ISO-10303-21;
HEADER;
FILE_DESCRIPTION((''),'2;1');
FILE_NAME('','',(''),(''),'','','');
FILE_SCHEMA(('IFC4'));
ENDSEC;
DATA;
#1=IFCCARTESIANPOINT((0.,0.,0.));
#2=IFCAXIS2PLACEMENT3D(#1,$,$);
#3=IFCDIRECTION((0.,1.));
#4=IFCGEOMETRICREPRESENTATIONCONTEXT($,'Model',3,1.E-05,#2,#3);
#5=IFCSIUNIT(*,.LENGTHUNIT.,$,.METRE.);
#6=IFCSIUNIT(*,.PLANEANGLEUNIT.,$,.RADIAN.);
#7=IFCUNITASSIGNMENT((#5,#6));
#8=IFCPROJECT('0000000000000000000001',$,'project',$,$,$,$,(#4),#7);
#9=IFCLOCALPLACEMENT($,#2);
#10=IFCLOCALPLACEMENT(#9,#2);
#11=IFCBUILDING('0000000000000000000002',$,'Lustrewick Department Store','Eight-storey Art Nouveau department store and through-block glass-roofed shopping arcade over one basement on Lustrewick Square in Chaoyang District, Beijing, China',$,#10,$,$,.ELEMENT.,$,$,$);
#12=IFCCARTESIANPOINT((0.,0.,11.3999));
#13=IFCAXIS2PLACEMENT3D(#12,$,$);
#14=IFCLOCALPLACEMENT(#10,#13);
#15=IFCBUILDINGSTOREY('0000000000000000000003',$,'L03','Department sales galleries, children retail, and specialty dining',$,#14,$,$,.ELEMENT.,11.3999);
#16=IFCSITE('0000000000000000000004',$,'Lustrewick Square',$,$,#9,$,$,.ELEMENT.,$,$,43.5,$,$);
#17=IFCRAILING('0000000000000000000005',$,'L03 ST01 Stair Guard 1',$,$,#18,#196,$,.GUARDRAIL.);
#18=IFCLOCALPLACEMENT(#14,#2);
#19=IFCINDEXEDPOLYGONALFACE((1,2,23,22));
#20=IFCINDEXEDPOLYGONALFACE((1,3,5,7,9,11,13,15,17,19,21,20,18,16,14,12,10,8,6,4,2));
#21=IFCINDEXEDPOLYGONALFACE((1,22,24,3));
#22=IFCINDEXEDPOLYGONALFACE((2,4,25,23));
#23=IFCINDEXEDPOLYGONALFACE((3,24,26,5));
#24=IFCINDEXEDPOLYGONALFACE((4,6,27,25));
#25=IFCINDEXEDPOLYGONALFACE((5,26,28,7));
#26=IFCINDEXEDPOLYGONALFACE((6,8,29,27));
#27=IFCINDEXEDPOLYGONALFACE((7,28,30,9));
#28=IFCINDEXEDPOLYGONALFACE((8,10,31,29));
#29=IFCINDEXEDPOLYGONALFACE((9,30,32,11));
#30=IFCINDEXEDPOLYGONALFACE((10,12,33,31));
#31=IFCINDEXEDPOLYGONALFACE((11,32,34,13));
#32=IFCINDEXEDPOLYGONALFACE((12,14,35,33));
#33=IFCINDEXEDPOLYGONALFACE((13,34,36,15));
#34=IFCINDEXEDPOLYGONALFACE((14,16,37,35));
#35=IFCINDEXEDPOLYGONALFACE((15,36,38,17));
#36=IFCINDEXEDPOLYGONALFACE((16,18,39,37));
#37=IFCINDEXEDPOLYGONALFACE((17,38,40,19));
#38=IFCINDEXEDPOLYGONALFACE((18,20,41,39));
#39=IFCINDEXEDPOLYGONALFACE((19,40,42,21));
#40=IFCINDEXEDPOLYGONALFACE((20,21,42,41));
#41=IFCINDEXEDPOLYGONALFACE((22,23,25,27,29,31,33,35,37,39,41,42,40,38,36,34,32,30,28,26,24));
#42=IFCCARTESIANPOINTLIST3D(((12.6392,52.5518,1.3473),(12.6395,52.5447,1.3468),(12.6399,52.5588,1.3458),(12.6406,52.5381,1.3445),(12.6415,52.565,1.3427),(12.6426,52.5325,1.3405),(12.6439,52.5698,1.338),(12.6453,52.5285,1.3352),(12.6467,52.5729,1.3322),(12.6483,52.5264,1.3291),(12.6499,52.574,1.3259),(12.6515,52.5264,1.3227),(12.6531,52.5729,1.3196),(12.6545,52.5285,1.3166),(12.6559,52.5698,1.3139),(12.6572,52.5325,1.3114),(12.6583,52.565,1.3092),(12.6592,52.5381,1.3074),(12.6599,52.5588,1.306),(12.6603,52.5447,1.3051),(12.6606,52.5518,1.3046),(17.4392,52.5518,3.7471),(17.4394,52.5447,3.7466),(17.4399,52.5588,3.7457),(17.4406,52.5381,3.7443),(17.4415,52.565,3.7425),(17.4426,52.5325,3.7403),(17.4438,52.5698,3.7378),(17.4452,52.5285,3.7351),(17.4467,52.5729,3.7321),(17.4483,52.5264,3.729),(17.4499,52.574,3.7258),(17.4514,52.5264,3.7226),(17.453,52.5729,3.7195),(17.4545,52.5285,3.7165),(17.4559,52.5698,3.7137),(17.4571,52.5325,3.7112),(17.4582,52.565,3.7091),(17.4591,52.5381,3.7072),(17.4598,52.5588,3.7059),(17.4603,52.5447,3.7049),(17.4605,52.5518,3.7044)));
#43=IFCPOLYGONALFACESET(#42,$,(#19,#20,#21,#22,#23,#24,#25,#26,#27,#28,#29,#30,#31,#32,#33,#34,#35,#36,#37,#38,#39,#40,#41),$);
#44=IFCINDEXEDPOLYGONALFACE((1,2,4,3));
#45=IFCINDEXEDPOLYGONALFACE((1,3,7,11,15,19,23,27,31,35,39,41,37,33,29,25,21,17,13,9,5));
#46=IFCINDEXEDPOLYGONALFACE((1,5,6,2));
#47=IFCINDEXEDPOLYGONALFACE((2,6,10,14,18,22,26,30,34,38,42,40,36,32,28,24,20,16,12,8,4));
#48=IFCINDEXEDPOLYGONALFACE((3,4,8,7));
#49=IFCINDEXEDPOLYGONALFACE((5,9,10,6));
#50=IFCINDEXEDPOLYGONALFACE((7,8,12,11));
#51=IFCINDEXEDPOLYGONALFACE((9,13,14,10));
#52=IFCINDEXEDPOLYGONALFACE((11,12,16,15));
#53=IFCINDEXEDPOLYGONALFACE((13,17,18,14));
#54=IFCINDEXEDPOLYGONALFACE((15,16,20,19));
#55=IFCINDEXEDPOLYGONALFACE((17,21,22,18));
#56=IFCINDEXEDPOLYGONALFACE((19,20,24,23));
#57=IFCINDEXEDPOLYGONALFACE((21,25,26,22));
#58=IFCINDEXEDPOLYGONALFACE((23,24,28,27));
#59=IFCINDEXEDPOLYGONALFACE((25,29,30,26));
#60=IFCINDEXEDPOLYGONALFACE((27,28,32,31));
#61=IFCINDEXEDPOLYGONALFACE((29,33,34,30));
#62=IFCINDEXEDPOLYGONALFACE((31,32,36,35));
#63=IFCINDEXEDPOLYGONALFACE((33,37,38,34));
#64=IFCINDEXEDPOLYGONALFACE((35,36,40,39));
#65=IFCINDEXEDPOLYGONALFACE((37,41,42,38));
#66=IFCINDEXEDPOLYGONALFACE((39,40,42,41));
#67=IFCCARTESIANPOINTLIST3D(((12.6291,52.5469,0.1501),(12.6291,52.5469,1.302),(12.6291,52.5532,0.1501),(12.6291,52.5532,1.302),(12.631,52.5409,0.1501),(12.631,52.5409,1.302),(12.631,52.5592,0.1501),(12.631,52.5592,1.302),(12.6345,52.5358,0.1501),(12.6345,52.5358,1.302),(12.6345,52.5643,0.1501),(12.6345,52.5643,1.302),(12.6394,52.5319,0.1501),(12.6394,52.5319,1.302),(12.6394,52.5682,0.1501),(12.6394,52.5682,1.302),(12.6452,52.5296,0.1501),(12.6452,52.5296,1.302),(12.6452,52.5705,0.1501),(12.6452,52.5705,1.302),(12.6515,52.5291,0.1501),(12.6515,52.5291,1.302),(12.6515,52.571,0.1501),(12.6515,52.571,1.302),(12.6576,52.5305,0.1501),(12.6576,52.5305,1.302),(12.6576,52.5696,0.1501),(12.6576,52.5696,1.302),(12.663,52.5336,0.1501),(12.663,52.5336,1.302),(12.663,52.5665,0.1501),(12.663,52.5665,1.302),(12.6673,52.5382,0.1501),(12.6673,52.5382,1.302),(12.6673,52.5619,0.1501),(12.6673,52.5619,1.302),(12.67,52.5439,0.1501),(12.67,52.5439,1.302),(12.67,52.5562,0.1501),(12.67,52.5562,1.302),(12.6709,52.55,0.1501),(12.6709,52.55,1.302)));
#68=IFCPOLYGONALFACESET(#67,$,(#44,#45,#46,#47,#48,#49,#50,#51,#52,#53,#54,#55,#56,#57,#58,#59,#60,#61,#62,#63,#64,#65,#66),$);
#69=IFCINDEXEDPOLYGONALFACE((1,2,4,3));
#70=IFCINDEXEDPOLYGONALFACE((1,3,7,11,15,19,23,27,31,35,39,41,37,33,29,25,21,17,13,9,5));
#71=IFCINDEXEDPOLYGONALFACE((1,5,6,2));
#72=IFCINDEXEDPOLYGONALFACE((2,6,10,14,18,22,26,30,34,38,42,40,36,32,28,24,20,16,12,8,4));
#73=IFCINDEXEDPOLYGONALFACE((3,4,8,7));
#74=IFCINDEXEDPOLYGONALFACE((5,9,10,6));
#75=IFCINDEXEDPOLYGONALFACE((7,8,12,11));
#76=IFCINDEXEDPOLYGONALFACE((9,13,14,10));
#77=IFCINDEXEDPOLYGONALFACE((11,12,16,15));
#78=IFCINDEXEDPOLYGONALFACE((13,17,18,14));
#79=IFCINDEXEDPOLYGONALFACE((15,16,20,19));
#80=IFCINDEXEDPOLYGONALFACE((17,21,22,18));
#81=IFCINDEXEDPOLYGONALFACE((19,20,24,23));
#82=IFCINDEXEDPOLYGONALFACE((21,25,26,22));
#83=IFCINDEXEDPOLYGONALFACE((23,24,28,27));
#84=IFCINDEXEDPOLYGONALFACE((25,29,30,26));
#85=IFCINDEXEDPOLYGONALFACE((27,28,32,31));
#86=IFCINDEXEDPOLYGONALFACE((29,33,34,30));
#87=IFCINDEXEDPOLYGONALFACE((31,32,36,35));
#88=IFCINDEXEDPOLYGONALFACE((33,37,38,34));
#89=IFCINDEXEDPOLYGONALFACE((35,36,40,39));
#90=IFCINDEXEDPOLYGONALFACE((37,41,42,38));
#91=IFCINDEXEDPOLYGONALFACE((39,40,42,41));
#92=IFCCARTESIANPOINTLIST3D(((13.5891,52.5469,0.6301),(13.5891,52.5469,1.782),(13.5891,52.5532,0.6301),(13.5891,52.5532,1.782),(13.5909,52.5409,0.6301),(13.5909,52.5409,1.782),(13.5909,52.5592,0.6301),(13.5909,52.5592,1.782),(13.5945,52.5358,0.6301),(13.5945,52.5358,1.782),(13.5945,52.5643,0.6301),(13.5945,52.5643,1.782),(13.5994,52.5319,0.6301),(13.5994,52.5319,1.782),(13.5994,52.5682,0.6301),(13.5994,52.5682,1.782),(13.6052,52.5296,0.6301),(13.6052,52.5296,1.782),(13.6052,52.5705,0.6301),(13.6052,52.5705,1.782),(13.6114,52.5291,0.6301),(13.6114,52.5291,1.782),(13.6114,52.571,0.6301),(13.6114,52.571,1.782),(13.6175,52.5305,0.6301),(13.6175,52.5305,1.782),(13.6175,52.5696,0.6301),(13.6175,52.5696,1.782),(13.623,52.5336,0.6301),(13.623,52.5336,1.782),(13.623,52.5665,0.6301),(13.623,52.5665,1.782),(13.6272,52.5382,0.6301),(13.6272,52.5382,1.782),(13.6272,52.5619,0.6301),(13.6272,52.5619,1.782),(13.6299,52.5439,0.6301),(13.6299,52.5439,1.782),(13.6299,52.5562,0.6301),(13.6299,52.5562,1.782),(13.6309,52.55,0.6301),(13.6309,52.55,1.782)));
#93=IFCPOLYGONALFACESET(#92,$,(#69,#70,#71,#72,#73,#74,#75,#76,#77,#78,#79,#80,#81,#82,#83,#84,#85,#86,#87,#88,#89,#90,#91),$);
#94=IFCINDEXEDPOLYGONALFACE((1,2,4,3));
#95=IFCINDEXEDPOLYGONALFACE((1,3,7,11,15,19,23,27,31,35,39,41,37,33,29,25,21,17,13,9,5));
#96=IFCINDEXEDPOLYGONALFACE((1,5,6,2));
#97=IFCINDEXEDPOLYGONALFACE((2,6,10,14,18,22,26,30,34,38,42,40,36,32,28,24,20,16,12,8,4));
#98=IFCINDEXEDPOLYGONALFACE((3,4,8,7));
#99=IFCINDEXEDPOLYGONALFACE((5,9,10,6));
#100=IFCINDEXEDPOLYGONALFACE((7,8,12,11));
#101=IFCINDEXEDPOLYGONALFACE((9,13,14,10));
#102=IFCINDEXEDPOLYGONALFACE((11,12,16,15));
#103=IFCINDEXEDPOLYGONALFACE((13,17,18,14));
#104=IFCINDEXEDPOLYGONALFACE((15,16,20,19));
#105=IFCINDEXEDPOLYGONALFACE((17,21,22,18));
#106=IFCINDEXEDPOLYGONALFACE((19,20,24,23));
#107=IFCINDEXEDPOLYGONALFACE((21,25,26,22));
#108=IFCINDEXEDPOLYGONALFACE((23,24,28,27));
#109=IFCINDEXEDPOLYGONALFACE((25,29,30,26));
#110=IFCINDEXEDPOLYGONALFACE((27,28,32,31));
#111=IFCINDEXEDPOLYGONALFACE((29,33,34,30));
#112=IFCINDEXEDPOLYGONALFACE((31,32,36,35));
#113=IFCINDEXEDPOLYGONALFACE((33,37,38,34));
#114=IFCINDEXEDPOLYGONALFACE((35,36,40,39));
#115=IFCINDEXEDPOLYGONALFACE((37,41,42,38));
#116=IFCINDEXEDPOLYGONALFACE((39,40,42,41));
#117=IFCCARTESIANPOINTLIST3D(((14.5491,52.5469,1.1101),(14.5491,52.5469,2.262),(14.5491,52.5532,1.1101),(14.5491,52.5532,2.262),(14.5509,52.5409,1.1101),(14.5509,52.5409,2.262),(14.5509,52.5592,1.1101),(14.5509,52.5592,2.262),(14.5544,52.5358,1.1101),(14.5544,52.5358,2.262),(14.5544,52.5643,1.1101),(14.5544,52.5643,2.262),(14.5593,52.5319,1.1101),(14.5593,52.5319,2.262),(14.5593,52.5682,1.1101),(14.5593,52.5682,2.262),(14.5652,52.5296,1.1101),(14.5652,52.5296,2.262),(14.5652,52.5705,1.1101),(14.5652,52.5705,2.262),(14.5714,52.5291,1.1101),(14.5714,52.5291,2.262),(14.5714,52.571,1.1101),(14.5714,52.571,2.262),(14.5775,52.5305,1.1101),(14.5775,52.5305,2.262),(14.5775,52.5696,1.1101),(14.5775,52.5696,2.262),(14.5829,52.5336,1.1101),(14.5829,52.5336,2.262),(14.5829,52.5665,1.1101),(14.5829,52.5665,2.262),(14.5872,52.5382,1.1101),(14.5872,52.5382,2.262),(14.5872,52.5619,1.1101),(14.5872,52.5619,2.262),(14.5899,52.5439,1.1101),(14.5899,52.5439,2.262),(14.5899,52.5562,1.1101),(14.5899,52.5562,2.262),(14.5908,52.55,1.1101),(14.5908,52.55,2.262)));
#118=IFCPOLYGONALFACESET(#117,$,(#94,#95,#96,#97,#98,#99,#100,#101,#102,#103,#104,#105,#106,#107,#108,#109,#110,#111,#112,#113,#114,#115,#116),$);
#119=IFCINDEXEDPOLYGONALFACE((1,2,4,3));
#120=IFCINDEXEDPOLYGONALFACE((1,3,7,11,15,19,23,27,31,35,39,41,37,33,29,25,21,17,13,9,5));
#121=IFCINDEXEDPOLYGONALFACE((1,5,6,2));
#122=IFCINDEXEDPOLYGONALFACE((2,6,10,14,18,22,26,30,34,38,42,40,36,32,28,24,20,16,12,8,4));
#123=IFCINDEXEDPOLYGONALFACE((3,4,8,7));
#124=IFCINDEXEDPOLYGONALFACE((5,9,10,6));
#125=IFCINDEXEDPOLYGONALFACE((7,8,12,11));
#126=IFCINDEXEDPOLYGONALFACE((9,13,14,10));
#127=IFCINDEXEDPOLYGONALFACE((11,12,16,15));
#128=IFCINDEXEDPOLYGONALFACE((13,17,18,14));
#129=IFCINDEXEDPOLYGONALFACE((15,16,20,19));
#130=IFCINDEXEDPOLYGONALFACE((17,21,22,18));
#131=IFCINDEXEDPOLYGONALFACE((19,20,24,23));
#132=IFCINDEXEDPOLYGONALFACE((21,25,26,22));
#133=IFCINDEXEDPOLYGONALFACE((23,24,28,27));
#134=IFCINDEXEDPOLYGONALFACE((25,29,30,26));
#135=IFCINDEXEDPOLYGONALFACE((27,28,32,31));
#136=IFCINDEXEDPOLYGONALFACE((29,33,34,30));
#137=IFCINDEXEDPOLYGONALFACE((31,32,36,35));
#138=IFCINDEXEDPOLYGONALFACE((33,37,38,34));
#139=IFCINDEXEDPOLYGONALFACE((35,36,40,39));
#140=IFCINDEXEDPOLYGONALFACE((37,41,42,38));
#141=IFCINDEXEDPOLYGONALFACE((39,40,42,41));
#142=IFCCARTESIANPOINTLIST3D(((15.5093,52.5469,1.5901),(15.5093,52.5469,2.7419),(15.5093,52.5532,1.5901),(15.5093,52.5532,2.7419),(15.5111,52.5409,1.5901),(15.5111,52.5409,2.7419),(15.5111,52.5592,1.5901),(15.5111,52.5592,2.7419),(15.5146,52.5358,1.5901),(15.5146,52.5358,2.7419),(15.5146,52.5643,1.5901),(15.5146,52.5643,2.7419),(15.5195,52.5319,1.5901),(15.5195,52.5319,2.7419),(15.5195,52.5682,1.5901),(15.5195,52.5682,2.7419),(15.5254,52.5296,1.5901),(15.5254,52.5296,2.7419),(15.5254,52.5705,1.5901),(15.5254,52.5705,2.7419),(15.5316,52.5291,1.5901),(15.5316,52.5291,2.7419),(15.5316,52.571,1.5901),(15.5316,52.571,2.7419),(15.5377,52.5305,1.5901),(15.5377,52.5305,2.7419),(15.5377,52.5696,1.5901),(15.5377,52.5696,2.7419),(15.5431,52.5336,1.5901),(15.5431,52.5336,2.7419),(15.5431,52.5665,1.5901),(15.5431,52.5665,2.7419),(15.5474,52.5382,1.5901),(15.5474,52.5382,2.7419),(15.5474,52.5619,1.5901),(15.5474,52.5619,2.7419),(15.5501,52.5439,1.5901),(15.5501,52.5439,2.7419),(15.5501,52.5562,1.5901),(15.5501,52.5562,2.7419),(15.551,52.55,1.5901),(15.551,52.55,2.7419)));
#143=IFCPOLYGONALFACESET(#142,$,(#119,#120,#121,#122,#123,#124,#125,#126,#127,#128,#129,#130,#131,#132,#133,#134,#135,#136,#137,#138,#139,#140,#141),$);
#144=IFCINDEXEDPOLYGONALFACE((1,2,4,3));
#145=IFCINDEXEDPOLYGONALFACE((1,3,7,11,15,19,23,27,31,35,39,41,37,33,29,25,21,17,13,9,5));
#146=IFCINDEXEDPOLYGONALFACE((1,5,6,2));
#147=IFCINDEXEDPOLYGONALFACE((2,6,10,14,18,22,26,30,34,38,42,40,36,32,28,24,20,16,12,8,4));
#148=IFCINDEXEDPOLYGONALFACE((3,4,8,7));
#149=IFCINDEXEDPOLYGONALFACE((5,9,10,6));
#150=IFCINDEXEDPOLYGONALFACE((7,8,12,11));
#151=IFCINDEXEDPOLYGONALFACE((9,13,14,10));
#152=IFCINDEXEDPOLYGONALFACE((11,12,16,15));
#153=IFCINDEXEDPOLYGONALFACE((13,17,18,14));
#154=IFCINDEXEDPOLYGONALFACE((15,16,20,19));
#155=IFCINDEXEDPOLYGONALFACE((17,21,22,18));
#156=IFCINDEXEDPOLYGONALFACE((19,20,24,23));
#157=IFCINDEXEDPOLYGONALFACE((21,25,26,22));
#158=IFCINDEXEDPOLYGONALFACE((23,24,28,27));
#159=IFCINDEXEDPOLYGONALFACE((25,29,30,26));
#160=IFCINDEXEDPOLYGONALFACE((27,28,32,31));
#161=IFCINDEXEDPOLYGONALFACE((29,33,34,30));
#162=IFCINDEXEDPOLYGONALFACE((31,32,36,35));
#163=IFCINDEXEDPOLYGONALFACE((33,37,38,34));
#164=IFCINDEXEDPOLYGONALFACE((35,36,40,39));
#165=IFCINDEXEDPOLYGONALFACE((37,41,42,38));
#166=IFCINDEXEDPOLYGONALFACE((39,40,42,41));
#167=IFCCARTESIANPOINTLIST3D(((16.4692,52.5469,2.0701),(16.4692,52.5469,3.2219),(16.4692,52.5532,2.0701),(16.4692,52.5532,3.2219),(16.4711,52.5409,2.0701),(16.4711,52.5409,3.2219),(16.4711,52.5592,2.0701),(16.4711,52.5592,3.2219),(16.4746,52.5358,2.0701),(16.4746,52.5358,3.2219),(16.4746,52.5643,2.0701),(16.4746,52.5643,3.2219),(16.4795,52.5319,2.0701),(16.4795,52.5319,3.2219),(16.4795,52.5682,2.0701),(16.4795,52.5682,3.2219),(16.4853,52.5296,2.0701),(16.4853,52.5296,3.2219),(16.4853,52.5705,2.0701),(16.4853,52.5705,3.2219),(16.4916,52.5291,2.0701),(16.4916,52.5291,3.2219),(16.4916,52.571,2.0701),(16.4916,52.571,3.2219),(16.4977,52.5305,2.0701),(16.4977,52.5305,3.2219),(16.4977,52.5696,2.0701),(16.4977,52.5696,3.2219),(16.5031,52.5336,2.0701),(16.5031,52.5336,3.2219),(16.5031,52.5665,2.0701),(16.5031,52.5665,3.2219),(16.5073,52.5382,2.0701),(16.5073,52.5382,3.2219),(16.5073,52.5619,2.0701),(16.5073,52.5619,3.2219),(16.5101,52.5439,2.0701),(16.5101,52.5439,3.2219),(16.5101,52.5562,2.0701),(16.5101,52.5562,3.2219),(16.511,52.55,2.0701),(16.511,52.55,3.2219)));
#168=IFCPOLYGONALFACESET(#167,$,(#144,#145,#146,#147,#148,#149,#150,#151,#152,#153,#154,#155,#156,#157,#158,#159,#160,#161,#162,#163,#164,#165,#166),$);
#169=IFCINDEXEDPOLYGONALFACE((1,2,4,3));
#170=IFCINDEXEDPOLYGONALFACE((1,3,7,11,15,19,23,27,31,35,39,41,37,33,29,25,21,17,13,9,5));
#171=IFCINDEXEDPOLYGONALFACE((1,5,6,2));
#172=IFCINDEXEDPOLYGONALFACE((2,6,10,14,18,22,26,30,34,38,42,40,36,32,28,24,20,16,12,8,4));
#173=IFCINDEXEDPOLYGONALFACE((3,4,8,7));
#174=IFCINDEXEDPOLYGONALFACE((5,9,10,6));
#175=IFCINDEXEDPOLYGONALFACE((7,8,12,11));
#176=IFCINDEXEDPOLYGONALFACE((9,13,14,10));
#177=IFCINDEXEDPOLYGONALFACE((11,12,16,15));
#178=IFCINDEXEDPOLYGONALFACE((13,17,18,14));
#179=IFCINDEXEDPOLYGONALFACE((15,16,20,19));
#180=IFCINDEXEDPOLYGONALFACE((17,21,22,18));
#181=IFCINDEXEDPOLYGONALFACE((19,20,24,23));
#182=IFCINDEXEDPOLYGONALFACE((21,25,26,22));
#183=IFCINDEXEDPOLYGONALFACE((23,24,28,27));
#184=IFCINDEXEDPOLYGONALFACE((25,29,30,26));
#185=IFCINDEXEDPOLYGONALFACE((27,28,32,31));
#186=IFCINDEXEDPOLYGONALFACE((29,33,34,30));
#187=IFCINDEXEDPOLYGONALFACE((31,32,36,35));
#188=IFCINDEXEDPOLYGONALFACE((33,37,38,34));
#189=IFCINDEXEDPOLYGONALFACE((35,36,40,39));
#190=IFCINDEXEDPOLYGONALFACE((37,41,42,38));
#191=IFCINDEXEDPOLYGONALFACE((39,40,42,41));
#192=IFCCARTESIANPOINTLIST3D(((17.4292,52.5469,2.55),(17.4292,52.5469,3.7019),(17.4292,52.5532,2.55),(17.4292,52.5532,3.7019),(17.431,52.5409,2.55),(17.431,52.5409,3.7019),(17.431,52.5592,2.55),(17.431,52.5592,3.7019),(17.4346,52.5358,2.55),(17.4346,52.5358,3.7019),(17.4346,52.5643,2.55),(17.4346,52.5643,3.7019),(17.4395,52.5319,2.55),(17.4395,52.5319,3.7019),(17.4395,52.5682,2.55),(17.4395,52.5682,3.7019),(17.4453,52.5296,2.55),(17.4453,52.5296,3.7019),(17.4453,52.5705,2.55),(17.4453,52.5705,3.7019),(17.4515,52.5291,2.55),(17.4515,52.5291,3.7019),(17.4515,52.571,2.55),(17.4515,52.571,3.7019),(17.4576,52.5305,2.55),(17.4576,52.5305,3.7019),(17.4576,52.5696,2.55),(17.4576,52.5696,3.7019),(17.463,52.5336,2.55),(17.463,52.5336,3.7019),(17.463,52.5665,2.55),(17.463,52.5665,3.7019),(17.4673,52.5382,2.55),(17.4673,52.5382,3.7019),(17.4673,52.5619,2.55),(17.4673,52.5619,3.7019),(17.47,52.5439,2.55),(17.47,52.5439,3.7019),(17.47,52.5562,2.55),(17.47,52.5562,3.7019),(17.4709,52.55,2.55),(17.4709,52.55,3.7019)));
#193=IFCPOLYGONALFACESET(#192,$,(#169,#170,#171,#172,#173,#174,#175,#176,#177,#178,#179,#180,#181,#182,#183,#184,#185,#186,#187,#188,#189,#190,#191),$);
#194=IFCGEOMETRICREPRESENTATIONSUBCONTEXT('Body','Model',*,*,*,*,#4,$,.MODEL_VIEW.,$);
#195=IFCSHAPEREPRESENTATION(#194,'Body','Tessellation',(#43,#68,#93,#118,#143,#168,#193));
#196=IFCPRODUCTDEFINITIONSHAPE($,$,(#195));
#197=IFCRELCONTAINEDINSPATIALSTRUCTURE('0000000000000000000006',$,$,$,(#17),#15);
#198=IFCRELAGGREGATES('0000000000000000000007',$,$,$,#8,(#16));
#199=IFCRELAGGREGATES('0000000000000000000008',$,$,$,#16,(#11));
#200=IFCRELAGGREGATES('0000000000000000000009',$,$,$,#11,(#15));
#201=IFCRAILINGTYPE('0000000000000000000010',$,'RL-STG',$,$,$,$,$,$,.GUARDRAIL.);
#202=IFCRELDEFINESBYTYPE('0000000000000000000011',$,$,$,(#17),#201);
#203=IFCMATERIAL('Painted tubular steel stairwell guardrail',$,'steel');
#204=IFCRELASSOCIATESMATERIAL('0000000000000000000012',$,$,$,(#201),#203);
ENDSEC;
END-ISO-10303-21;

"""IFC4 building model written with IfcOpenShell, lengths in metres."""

from ifc_helpers import new_model, si_unit, direction, frame, origin, origin_2d, place, context, subcontext, project, spatial, circle, extrude, material, type_object, element, save


model = new_model("IFC4")

# Units and contexts
model_context = context("Model", 3, precision=1e-05, world=origin(), true_north=direction((0.0, 1.0)))
body_context = subcontext(model_context, "Body", "Model", "MODEL_VIEW")
ifc_project = project(units=[si_unit("LENGTHUNIT", "METRE"), si_unit("PLANEANGLEUNIT", "RADIAN")], contexts=[model_context])

# Site, building, storey
site_placement = place(None, origin())
site = spatial("IfcSite", under=ifc_project, at=site_placement, Name="Lustrewick Square", CompositionType="ELEMENT", RefElevation=43.5)
building_placement = place(site_placement, origin())
building = spatial("IfcBuilding", under=site, at=building_placement, Name="Lustrewick Department Store", Description="Eight-storey Art Nouveau department store and through-block glass-roofed shopping arcade over one basement on Lustrewick Square in Chaoyang District, Beijing, China", CompositionType="ELEMENT")
storey_placement = place(building_placement, frame((0.0, 0.0, 11.3999)))
storey = spatial("IfcBuildingStorey", under=building, at=storey_placement, Name="L03", Description="Department sales galleries, children retail, and specialty dining", CompositionType="ELEMENT", Elevation=11.3999)

# Railing
ifc_material_1 = material(Name="Painted tubular steel stairwell guardrail", Category="steel")
railing_type_1 = type_object("IfcRailingType", Name="RL-STG", PredefinedType="GUARDRAIL", material=ifc_material_1)
railing_1_placement = place(storey_placement, frame((12.6499, 52.55, 0.1501)))
element("IfcRailing", 1, at=railing_1_placement, inside=storey, type_object=railing_type_1, Name="L03 ST01 Stair Guard 1", PredefinedType="GUARDRAIL", context=body_context, shape_type="SweptSolid", body=[
    extrude(circle(Radius=0.0239, at=origin_2d()), frame((0.0, 0.0, 1.1758), z_axis=(0.894436, 0.0, 0.447195), x_axis=(0.0, 1.0, 0.0)), (0.0, 0.0, 1.0), 5.3665),
    extrude(circle(Radius=0.021, at=origin_2d()), origin(), (0.0, 0.0, 1.0), 1.1519),
    extrude(circle(Radius=0.021, at=origin_2d()), frame((0.96, 0.0, 0.48)), (0.0, 0.0, 1.0), 1.1519),
    extrude(circle(Radius=0.021, at=origin_2d()), frame((1.9199, 0.0, 0.96)), (0.0, 0.0, 1.0), 1.1519),
    extrude(circle(Radius=0.021, at=origin_2d()), frame((2.8801, 0.0, 1.4399)), (0.0, 0.0, 1.0), 1.1519),
    extrude(circle(Radius=0.021, at=origin_2d()), frame((3.8401, 0.0, 1.9199)), (0.0, 0.0, 1.0), 1.1519),
    extrude(circle(Radius=0.021, at=origin_2d()), frame((4.8, 0.0, 2.3999)), (0.0, 0.0, 1.0), 1.1519),
])

save(model, "model.ifc")
